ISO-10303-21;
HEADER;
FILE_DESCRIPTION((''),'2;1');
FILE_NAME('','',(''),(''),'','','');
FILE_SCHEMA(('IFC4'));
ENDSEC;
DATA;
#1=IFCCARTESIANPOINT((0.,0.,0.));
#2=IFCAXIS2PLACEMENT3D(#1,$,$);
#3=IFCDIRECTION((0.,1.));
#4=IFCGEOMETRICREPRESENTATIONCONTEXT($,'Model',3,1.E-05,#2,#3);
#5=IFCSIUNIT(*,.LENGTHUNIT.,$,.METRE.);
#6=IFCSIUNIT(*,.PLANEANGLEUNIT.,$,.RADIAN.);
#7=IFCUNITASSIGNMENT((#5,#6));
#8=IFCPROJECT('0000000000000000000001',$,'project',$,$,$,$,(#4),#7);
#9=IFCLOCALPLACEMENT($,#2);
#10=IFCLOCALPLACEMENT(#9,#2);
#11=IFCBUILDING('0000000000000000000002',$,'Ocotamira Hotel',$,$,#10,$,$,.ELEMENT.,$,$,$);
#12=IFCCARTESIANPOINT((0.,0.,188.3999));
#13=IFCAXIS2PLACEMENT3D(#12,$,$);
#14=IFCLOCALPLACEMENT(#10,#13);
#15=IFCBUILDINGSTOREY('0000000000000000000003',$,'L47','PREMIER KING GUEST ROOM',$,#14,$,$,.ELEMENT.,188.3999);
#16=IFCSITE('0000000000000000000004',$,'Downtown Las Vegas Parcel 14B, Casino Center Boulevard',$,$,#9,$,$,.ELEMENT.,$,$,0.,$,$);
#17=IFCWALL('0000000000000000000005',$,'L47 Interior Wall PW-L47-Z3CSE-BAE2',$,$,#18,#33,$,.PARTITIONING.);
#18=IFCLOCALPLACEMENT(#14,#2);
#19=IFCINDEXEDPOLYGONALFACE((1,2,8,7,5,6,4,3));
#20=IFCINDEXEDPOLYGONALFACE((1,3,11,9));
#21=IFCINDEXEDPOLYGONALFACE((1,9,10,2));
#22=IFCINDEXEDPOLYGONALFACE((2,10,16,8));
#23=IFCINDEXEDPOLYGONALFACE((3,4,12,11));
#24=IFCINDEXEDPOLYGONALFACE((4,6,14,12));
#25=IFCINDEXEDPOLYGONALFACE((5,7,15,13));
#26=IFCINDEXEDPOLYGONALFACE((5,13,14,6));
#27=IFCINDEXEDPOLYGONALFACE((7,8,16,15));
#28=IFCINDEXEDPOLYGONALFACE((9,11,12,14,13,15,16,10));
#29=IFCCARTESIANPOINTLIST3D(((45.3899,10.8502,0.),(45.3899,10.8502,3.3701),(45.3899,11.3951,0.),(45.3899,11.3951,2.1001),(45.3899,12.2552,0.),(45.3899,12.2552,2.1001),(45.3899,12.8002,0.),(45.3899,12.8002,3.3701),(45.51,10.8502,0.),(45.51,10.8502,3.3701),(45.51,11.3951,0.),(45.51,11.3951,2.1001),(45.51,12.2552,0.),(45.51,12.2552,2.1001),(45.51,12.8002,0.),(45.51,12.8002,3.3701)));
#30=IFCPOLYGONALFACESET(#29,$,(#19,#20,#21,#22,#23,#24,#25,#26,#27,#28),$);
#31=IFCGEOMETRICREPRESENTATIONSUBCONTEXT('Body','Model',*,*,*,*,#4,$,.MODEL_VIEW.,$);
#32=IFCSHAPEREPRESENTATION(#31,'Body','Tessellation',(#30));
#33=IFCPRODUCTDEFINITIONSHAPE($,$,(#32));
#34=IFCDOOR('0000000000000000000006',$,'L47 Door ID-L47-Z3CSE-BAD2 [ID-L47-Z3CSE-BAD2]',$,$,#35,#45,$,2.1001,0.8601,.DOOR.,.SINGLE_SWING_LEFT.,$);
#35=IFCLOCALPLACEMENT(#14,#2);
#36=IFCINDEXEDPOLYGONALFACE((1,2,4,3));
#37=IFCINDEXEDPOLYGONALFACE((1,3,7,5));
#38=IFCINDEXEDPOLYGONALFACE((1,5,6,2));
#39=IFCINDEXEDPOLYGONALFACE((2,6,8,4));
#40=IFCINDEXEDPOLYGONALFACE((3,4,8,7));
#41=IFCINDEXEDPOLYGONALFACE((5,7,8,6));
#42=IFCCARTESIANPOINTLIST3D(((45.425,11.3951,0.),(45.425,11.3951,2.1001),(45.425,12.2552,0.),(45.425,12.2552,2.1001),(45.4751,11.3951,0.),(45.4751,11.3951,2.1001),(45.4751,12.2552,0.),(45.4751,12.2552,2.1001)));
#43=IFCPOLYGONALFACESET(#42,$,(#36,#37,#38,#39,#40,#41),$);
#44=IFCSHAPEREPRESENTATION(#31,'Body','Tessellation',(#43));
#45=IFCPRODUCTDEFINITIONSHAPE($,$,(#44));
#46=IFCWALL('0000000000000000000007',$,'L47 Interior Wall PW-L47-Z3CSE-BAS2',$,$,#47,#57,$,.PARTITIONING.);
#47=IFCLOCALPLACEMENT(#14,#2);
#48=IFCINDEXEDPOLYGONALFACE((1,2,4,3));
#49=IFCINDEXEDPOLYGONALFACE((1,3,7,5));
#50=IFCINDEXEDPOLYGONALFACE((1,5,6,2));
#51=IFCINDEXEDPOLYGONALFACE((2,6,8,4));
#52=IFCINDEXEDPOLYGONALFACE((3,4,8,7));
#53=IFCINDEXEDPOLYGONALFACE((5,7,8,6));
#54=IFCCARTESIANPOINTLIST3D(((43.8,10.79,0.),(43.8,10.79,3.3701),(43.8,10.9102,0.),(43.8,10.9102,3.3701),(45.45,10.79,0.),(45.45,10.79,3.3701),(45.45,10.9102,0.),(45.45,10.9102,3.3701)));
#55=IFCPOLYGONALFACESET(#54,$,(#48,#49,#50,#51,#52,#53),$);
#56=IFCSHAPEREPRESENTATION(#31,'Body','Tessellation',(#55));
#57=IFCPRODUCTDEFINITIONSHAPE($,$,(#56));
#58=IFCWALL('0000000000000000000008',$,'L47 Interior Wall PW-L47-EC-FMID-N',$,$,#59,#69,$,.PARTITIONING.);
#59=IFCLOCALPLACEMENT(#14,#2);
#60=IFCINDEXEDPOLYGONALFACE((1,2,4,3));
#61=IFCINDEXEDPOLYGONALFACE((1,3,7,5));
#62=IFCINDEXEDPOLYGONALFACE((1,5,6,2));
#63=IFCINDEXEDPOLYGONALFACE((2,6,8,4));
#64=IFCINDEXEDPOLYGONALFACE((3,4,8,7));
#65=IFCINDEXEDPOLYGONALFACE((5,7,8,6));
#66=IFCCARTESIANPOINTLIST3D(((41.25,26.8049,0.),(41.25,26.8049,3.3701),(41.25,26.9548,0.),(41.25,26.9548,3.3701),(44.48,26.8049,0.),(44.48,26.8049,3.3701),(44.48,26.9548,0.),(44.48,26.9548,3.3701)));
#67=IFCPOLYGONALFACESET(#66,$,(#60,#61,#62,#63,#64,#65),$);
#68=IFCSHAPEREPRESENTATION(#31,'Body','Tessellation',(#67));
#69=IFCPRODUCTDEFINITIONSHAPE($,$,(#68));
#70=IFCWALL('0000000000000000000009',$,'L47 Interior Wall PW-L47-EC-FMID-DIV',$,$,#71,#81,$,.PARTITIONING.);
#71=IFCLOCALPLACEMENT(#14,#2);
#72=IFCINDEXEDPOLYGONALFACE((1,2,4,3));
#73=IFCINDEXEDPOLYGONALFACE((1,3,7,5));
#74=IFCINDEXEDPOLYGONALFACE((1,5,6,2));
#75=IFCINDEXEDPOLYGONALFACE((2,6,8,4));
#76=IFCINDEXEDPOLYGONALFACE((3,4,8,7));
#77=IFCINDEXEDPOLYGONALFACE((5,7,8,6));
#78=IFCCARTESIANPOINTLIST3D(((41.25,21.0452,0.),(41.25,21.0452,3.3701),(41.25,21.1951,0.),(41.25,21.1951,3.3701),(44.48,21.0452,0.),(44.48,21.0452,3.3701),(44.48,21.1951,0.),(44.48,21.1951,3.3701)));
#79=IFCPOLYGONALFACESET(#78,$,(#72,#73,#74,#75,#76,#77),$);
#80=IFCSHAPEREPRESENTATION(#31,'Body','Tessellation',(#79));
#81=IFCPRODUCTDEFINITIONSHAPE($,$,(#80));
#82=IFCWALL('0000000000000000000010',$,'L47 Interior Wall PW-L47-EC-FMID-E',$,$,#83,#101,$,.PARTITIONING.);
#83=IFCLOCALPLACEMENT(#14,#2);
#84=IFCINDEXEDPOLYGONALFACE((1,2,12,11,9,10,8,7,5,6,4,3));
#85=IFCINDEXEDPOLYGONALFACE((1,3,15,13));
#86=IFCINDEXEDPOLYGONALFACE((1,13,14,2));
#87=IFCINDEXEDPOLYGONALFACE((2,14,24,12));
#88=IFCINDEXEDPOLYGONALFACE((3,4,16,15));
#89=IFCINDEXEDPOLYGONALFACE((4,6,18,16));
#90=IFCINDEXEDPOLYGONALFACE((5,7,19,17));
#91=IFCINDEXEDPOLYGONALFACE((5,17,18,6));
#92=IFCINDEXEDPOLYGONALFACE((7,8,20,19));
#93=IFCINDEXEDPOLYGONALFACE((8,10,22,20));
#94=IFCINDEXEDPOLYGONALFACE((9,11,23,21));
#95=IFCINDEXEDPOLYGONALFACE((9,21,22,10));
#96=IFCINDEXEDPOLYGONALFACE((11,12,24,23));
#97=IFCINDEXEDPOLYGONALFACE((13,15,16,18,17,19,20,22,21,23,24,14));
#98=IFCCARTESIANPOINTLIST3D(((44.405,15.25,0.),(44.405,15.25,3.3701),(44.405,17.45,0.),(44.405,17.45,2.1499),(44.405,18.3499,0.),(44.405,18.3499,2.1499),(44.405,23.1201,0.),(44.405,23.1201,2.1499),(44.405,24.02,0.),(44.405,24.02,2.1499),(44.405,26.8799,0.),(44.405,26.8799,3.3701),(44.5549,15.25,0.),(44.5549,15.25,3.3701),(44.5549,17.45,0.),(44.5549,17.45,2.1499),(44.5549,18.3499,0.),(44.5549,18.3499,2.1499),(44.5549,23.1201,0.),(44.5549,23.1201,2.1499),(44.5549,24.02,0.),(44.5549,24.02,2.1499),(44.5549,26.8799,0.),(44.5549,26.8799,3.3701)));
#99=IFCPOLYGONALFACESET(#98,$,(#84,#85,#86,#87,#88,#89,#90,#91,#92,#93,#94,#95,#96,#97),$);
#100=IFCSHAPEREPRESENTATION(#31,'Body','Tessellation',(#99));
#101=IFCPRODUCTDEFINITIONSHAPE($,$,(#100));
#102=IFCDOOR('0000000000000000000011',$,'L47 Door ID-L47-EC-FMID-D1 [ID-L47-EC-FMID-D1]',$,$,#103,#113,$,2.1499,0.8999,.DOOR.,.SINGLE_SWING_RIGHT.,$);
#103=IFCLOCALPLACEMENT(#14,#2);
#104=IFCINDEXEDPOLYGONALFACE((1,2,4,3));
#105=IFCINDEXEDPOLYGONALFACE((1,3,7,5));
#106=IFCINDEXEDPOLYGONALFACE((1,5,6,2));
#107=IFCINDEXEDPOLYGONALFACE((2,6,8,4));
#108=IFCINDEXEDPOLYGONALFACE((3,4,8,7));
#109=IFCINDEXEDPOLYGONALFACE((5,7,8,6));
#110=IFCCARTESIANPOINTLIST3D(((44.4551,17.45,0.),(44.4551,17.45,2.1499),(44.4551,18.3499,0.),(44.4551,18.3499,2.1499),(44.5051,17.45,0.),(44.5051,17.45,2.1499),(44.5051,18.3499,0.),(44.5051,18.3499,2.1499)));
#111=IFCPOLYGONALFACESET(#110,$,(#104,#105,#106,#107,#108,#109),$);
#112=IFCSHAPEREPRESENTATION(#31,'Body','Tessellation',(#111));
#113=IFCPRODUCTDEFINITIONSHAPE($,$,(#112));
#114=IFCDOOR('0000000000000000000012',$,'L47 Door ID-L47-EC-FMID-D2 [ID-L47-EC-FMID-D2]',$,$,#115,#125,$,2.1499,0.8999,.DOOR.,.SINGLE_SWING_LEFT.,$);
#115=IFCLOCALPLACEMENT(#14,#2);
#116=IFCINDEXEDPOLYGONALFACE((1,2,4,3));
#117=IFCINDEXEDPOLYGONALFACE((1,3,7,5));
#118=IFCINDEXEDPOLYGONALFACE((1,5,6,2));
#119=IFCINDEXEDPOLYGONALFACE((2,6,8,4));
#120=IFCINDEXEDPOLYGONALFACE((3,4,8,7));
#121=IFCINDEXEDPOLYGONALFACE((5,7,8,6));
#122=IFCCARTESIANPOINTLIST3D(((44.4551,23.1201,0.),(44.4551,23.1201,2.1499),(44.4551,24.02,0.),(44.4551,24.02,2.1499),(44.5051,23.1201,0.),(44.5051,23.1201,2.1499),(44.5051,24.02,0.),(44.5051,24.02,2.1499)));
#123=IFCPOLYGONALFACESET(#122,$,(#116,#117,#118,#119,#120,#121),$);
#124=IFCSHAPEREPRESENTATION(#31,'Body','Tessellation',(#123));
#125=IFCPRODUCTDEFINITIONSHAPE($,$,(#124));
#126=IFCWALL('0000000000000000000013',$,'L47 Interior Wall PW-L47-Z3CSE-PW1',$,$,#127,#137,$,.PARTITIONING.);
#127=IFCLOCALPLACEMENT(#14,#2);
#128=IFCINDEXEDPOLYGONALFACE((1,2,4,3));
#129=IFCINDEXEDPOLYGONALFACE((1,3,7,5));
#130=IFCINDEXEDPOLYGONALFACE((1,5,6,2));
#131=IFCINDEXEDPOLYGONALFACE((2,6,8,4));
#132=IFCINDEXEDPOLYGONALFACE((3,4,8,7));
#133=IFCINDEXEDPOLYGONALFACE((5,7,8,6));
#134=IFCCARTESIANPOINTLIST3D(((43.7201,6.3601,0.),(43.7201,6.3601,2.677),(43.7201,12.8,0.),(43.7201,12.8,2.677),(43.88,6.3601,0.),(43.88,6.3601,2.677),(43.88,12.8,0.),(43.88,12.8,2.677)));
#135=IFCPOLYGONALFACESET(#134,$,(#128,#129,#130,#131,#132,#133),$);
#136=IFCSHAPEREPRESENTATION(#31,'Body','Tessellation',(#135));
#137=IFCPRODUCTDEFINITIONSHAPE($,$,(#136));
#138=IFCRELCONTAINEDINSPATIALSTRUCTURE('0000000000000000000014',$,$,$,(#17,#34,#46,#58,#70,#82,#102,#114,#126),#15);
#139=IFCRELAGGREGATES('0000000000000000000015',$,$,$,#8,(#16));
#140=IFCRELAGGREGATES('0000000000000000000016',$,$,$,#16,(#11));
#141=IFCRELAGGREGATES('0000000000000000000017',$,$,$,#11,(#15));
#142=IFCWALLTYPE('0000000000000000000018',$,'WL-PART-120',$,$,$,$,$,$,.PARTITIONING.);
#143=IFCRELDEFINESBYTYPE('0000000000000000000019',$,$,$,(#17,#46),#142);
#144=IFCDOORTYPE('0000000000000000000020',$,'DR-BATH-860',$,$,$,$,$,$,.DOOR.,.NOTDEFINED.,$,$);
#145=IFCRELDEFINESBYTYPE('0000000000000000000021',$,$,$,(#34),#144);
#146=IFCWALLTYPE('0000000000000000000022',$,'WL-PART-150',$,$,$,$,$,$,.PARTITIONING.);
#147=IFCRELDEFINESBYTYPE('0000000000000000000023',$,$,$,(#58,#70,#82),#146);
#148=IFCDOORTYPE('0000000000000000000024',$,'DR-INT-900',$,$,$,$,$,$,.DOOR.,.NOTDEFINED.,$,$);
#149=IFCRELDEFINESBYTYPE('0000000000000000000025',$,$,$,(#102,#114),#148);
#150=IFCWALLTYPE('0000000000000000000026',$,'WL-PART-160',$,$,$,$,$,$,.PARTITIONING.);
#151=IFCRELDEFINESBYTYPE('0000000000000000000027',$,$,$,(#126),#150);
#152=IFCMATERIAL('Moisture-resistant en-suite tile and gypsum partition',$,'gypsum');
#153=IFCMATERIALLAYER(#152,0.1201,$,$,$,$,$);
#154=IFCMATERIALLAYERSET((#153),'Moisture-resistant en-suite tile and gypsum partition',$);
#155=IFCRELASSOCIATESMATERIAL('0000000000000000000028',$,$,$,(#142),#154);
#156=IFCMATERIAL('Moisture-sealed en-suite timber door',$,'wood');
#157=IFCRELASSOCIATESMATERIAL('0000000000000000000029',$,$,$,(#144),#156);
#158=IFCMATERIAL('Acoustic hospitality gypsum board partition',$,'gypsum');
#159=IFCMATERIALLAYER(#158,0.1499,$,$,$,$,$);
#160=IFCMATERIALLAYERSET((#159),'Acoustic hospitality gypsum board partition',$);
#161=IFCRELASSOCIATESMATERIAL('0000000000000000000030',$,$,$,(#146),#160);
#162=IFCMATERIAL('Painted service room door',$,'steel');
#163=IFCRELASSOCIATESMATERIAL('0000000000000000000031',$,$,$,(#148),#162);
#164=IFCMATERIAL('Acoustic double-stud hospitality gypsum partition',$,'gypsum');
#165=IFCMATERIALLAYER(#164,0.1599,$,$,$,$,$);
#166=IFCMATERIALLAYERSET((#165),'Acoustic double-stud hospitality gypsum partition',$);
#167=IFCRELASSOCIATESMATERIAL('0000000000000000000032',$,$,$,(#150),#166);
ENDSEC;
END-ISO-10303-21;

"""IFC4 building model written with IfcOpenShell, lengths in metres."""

from ifc_helpers import new_model, si_unit, direction, frame, frame_2d, origin, place, context, subcontext, project, spatial, rectangle, extrude, source, transform, mapped, material, layer, layer_set, type_object, element, fill, save


model = new_model("IFC4")

# Units and contexts
model_context = context("Model", 3, precision=1e-05, world=origin(), true_north=direction((0.0, 1.0)))
body_context = subcontext(model_context, "Body", "Model", "MODEL_VIEW")
ifc_project = project(units=[si_unit("LENGTHUNIT", "METRE"), si_unit("PLANEANGLEUNIT", "RADIAN")], contexts=[model_context])

# Site, building, storey
site_placement = place(None, origin())
site = spatial("IfcSite", under=ifc_project, at=site_placement, Name="Downtown Las Vegas Parcel 14B, Casino Center Boulevard", CompositionType="ELEMENT", RefElevation=0.0)
building_placement = place(site_placement, origin())
building = spatial("IfcBuilding", under=site, at=building_placement, Name="Ocotamira Hotel", CompositionType="ELEMENT")
storey_placement = place(building_placement, frame((0.0, 0.0, 188.3999)))
storey = spatial("IfcBuildingStorey", under=building, at=storey_placement, Name="L47", Description="PREMIER KING GUEST ROOM", CompositionType="ELEMENT", Elevation=188.3999)

# Wall, opening, door
ifc_material_1 = material(Name="Moisture-resistant en-suite tile and gypsum partition", Category="gypsum")
ifc_layer_1 = layer(ifc_material_1, 0.1201)
ifc_layer_set_1 = layer_set([ifc_layer_1], Name="Moisture-resistant en-suite tile and gypsum partition")
wall_type_1 = type_object("IfcWallType", Name="WL-PART-120", PredefinedType="PARTITIONING", material=ifc_layer_set_1)
wall_1_placement = place(storey_placement, frame((45.45, 10.8501, 0.0), z_axis=(0.0, 0.0, 1.0), x_axis=(0.0, 1.0, 0.0)))
wall_1 = element("IfcWall", 1, at=wall_1_placement, inside=storey, type_object=wall_type_1, Name="L47 Interior Wall PW-L47-Z3CSE-BAE2", PredefinedType="PARTITIONING", context=body_context, shape_type="SweptSolid", body=[
    extrude(rectangle(XDim=1.95, YDim=0.1201, at=frame_2d((0.9751, 0.0))), origin(), (0.0, 0.0, 1.0), 3.3701),
])
opening_1_placement = place(wall_1_placement, frame((0.5449, 0.0, 0.0)))
opening_1 = element("IfcOpeningElement", 2, at=opening_1_placement, cuts=wall_1, PredefinedType="OPENING", context=body_context, shape_type="SweptSolid", body=[
    extrude(rectangle(XDim=0.8601, YDim=2.1001, at=frame_2d((0.4302, 1.05))), frame((0.0, 0.0701, 0.0), z_axis=(0.0, -1.0, 0.0), x_axis=(1.0, 0.0, 0.0)), (0.0, 0.0, 1.0), 0.1401),
])
ifc_material_2 = material(Name="Moisture-sealed en-suite timber door", Category="wood")
door_type_1 = type_object("IfcDoorType", Name="DR-BATH-860", OperationType="NOTDEFINED", PredefinedType="DOOR", material=ifc_material_2)
shared_shape_1 = source(origin(), body_context, "Body", "SweptSolid", [
    extrude(rectangle(XDim=0.8601, YDim=2.1001, at=frame_2d((0.4302, 1.05))), frame((0.0, 0.0249, 0.0), z_axis=(0.0, -1.0, 0.0), x_axis=(1.0, 0.0, 0.0)), (0.0, 0.0, 1.0), 0.05),
])
door_1_placement = place(opening_1_placement, origin())
door_1 = element("IfcDoor", 3, at=door_1_placement, inside=storey, type_object=door_type_1, Name="L47 Door ID-L47-Z3CSE-BAD2 [ID-L47-Z3CSE-BAD2]", OperationType="SINGLE_SWING_LEFT", OverallHeight=2.1001, OverallWidth=0.8601, PredefinedType="DOOR", context=body_context, shape_type="MappedRepresentation", body=[
    mapped(shared_shape_1, transform((0.0, 0.0, 0.0), scale=1.0)),
])
fill(opening_1, door_1)

# Walls
wall_2_placement = place(storey_placement, frame((43.8, 10.8501, 0.0), z_axis=(0.0, 0.0, 1.0), x_axis=(1.0, 0.0, 0.0)))
element("IfcWall", 4, at=wall_2_placement, inside=storey, type_object=wall_type_1, Name="L47 Interior Wall PW-L47-Z3CSE-BAS2", PredefinedType="PARTITIONING", context=body_context, shape_type="SweptSolid", body=[
    extrude(rectangle(XDim=1.6499, YDim=0.1201, at=frame_2d((0.825, 0.0))), origin(), (0.0, 0.0, 1.0), 3.3701),
])
ifc_material_3 = material(Name="Acoustic hospitality gypsum board partition", Category="gypsum")
ifc_layer_2 = layer(ifc_material_3, 0.1499)
ifc_layer_set_2 = layer_set([ifc_layer_2], Name="Acoustic hospitality gypsum board partition")
wall_type_2 = type_object("IfcWallType", Name="WL-PART-150", PredefinedType="PARTITIONING", material=ifc_layer_set_2)
for number, where, z_axis, x_axis, name in (
    (5, (41.25, 26.8799, 0.0), (0.0, 0.0, 1.0), (1.0, 0.0, 0.0), "L47 Interior Wall PW-L47-EC-FMID-N"),
    (6, (41.25, 21.1201, 0.0), (0.0, 0.0, 1.0), (1.0, 0.0, 0.0), "L47 Interior Wall PW-L47-EC-FMID-DIV"),
):
    element("IfcWall", number, at=place(storey_placement, frame(where, z_axis=z_axis, x_axis=x_axis)), inside=storey, type_object=wall_type_2, Name=name, PredefinedType="PARTITIONING", context=body_context, shape_type="SweptSolid", body=[
        extrude(rectangle(XDim=3.23, YDim=0.1499, at=frame_2d((1.615, 0.0))), origin(), (0.0, 0.0, 1.0), 3.3701),
    ])

# Wall, openings, doors
wall_3_placement = place(storey_placement, frame((44.48, 15.25, 0.0), z_axis=(0.0, 0.0, 1.0), x_axis=(0.0, 1.0, 0.0)))
wall_3 = element("IfcWall", 7, at=wall_3_placement, inside=storey, type_object=wall_type_2, Name="L47 Interior Wall PW-L47-EC-FMID-E", PredefinedType="PARTITIONING", context=body_context, shape_type="SweptSolid", body=[
    extrude(rectangle(XDim=11.6299, YDim=0.1499, at=frame_2d((5.8149, 0.0))), origin(), (0.0, 0.0, 1.0), 3.3701),
])
opening_2_placement = place(wall_3_placement, frame((2.2, 0.0, 0.0)))
opening_2 = element("IfcOpeningElement", 8, at=opening_2_placement, cuts=wall_3, PredefinedType="OPENING", context=body_context, shape_type="SweptSolid", body=[
    extrude(rectangle(XDim=0.8999, YDim=2.1499, at=frame_2d((0.45, 1.075))), frame((0.0, 0.085, 0.0), z_axis=(0.0, -1.0, 0.0), x_axis=(1.0, 0.0, 0.0)), (0.0, 0.0, 1.0), 0.1699),
])
opening_3_placement = place(wall_3_placement, frame((7.8701, 0.0, 0.0)))
opening_3 = element("IfcOpeningElement", 9, at=opening_3_placement, cuts=wall_3, PredefinedType="OPENING", context=body_context, shape_type="SweptSolid", body=[
    extrude(rectangle(XDim=0.8999, YDim=2.1499, at=frame_2d((0.45, 1.075))), frame((0.0, 0.085, 0.0), z_axis=(0.0, -1.0, 0.0), x_axis=(1.0, 0.0, 0.0)), (0.0, 0.0, 1.0), 0.1699),
])
ifc_material_4 = material(Name="Painted service room door", Category="steel")
door_type_2 = type_object("IfcDoorType", Name="DR-INT-900", OperationType="NOTDEFINED", PredefinedType="DOOR", material=ifc_material_4)
shared_shape_2 = source(origin(), body_context, "Body", "SweptSolid", [
    extrude(rectangle(XDim=0.8999, YDim=2.1499, at=frame_2d((0.45, 1.075))), frame((0.0, 0.0249, 0.0), z_axis=(0.0, -1.0, 0.0), x_axis=(1.0, 0.0, 0.0)), (0.0, 0.0, 1.0), 0.05),
])
door_2_placement = place(opening_2_placement, origin())
door_2 = element("IfcDoor", 10, at=door_2_placement, inside=storey, type_object=door_type_2, Name="L47 Door ID-L47-EC-FMID-D1 [ID-L47-EC-FMID-D1]", OperationType="SINGLE_SWING_RIGHT", OverallHeight=2.1499, OverallWidth=0.8999, PredefinedType="DOOR", context=body_context, shape_type="MappedRepresentation", body=[
    mapped(shared_shape_2, transform((0.0, 0.0, 0.0), scale=1.0)),
])
fill(opening_2, door_2)
door_3_placement = place(opening_3_placement, origin())
door_3 = element("IfcDoor", 11, at=door_3_placement, inside=storey, type_object=door_type_2, Name="L47 Door ID-L47-EC-FMID-D2 [ID-L47-EC-FMID-D2]", OperationType="SINGLE_SWING_LEFT", OverallHeight=2.1499, OverallWidth=0.8999, PredefinedType="DOOR", context=body_context, shape_type="MappedRepresentation", body=[
    mapped(shared_shape_2, transform((0.0, 0.0, 0.0), scale=1.0)),
])
fill(opening_3, door_3)

# Wall
ifc_material_5 = material(Name="Acoustic double-stud hospitality gypsum partition", Category="gypsum")
ifc_layer_3 = layer(ifc_material_5, 0.1599)
ifc_layer_set_3 = layer_set([ifc_layer_3], Name="Acoustic double-stud hospitality gypsum partition")
wall_type_3 = type_object("IfcWallType", Name="WL-PART-160", PredefinedType="PARTITIONING", material=ifc_layer_set_3)
wall_4_placement = place(storey_placement, frame((43.8, 6.3601, 0.0), z_axis=(0.0, 0.0, 1.0), x_axis=(0.0, 1.0, 0.0)))
element("IfcWall", 12, at=wall_4_placement, inside=storey, type_object=wall_type_3, Name="L47 Interior Wall PW-L47-Z3CSE-PW1", PredefinedType="PARTITIONING", context=body_context, shape_type="SweptSolid", body=[
    extrude(rectangle(XDim=6.4399, YDim=0.1599, at=frame_2d((3.22, 0.0))), origin(), (0.0, 0.0, 1.0), 2.677),
])

save(model, "model.ifc")
